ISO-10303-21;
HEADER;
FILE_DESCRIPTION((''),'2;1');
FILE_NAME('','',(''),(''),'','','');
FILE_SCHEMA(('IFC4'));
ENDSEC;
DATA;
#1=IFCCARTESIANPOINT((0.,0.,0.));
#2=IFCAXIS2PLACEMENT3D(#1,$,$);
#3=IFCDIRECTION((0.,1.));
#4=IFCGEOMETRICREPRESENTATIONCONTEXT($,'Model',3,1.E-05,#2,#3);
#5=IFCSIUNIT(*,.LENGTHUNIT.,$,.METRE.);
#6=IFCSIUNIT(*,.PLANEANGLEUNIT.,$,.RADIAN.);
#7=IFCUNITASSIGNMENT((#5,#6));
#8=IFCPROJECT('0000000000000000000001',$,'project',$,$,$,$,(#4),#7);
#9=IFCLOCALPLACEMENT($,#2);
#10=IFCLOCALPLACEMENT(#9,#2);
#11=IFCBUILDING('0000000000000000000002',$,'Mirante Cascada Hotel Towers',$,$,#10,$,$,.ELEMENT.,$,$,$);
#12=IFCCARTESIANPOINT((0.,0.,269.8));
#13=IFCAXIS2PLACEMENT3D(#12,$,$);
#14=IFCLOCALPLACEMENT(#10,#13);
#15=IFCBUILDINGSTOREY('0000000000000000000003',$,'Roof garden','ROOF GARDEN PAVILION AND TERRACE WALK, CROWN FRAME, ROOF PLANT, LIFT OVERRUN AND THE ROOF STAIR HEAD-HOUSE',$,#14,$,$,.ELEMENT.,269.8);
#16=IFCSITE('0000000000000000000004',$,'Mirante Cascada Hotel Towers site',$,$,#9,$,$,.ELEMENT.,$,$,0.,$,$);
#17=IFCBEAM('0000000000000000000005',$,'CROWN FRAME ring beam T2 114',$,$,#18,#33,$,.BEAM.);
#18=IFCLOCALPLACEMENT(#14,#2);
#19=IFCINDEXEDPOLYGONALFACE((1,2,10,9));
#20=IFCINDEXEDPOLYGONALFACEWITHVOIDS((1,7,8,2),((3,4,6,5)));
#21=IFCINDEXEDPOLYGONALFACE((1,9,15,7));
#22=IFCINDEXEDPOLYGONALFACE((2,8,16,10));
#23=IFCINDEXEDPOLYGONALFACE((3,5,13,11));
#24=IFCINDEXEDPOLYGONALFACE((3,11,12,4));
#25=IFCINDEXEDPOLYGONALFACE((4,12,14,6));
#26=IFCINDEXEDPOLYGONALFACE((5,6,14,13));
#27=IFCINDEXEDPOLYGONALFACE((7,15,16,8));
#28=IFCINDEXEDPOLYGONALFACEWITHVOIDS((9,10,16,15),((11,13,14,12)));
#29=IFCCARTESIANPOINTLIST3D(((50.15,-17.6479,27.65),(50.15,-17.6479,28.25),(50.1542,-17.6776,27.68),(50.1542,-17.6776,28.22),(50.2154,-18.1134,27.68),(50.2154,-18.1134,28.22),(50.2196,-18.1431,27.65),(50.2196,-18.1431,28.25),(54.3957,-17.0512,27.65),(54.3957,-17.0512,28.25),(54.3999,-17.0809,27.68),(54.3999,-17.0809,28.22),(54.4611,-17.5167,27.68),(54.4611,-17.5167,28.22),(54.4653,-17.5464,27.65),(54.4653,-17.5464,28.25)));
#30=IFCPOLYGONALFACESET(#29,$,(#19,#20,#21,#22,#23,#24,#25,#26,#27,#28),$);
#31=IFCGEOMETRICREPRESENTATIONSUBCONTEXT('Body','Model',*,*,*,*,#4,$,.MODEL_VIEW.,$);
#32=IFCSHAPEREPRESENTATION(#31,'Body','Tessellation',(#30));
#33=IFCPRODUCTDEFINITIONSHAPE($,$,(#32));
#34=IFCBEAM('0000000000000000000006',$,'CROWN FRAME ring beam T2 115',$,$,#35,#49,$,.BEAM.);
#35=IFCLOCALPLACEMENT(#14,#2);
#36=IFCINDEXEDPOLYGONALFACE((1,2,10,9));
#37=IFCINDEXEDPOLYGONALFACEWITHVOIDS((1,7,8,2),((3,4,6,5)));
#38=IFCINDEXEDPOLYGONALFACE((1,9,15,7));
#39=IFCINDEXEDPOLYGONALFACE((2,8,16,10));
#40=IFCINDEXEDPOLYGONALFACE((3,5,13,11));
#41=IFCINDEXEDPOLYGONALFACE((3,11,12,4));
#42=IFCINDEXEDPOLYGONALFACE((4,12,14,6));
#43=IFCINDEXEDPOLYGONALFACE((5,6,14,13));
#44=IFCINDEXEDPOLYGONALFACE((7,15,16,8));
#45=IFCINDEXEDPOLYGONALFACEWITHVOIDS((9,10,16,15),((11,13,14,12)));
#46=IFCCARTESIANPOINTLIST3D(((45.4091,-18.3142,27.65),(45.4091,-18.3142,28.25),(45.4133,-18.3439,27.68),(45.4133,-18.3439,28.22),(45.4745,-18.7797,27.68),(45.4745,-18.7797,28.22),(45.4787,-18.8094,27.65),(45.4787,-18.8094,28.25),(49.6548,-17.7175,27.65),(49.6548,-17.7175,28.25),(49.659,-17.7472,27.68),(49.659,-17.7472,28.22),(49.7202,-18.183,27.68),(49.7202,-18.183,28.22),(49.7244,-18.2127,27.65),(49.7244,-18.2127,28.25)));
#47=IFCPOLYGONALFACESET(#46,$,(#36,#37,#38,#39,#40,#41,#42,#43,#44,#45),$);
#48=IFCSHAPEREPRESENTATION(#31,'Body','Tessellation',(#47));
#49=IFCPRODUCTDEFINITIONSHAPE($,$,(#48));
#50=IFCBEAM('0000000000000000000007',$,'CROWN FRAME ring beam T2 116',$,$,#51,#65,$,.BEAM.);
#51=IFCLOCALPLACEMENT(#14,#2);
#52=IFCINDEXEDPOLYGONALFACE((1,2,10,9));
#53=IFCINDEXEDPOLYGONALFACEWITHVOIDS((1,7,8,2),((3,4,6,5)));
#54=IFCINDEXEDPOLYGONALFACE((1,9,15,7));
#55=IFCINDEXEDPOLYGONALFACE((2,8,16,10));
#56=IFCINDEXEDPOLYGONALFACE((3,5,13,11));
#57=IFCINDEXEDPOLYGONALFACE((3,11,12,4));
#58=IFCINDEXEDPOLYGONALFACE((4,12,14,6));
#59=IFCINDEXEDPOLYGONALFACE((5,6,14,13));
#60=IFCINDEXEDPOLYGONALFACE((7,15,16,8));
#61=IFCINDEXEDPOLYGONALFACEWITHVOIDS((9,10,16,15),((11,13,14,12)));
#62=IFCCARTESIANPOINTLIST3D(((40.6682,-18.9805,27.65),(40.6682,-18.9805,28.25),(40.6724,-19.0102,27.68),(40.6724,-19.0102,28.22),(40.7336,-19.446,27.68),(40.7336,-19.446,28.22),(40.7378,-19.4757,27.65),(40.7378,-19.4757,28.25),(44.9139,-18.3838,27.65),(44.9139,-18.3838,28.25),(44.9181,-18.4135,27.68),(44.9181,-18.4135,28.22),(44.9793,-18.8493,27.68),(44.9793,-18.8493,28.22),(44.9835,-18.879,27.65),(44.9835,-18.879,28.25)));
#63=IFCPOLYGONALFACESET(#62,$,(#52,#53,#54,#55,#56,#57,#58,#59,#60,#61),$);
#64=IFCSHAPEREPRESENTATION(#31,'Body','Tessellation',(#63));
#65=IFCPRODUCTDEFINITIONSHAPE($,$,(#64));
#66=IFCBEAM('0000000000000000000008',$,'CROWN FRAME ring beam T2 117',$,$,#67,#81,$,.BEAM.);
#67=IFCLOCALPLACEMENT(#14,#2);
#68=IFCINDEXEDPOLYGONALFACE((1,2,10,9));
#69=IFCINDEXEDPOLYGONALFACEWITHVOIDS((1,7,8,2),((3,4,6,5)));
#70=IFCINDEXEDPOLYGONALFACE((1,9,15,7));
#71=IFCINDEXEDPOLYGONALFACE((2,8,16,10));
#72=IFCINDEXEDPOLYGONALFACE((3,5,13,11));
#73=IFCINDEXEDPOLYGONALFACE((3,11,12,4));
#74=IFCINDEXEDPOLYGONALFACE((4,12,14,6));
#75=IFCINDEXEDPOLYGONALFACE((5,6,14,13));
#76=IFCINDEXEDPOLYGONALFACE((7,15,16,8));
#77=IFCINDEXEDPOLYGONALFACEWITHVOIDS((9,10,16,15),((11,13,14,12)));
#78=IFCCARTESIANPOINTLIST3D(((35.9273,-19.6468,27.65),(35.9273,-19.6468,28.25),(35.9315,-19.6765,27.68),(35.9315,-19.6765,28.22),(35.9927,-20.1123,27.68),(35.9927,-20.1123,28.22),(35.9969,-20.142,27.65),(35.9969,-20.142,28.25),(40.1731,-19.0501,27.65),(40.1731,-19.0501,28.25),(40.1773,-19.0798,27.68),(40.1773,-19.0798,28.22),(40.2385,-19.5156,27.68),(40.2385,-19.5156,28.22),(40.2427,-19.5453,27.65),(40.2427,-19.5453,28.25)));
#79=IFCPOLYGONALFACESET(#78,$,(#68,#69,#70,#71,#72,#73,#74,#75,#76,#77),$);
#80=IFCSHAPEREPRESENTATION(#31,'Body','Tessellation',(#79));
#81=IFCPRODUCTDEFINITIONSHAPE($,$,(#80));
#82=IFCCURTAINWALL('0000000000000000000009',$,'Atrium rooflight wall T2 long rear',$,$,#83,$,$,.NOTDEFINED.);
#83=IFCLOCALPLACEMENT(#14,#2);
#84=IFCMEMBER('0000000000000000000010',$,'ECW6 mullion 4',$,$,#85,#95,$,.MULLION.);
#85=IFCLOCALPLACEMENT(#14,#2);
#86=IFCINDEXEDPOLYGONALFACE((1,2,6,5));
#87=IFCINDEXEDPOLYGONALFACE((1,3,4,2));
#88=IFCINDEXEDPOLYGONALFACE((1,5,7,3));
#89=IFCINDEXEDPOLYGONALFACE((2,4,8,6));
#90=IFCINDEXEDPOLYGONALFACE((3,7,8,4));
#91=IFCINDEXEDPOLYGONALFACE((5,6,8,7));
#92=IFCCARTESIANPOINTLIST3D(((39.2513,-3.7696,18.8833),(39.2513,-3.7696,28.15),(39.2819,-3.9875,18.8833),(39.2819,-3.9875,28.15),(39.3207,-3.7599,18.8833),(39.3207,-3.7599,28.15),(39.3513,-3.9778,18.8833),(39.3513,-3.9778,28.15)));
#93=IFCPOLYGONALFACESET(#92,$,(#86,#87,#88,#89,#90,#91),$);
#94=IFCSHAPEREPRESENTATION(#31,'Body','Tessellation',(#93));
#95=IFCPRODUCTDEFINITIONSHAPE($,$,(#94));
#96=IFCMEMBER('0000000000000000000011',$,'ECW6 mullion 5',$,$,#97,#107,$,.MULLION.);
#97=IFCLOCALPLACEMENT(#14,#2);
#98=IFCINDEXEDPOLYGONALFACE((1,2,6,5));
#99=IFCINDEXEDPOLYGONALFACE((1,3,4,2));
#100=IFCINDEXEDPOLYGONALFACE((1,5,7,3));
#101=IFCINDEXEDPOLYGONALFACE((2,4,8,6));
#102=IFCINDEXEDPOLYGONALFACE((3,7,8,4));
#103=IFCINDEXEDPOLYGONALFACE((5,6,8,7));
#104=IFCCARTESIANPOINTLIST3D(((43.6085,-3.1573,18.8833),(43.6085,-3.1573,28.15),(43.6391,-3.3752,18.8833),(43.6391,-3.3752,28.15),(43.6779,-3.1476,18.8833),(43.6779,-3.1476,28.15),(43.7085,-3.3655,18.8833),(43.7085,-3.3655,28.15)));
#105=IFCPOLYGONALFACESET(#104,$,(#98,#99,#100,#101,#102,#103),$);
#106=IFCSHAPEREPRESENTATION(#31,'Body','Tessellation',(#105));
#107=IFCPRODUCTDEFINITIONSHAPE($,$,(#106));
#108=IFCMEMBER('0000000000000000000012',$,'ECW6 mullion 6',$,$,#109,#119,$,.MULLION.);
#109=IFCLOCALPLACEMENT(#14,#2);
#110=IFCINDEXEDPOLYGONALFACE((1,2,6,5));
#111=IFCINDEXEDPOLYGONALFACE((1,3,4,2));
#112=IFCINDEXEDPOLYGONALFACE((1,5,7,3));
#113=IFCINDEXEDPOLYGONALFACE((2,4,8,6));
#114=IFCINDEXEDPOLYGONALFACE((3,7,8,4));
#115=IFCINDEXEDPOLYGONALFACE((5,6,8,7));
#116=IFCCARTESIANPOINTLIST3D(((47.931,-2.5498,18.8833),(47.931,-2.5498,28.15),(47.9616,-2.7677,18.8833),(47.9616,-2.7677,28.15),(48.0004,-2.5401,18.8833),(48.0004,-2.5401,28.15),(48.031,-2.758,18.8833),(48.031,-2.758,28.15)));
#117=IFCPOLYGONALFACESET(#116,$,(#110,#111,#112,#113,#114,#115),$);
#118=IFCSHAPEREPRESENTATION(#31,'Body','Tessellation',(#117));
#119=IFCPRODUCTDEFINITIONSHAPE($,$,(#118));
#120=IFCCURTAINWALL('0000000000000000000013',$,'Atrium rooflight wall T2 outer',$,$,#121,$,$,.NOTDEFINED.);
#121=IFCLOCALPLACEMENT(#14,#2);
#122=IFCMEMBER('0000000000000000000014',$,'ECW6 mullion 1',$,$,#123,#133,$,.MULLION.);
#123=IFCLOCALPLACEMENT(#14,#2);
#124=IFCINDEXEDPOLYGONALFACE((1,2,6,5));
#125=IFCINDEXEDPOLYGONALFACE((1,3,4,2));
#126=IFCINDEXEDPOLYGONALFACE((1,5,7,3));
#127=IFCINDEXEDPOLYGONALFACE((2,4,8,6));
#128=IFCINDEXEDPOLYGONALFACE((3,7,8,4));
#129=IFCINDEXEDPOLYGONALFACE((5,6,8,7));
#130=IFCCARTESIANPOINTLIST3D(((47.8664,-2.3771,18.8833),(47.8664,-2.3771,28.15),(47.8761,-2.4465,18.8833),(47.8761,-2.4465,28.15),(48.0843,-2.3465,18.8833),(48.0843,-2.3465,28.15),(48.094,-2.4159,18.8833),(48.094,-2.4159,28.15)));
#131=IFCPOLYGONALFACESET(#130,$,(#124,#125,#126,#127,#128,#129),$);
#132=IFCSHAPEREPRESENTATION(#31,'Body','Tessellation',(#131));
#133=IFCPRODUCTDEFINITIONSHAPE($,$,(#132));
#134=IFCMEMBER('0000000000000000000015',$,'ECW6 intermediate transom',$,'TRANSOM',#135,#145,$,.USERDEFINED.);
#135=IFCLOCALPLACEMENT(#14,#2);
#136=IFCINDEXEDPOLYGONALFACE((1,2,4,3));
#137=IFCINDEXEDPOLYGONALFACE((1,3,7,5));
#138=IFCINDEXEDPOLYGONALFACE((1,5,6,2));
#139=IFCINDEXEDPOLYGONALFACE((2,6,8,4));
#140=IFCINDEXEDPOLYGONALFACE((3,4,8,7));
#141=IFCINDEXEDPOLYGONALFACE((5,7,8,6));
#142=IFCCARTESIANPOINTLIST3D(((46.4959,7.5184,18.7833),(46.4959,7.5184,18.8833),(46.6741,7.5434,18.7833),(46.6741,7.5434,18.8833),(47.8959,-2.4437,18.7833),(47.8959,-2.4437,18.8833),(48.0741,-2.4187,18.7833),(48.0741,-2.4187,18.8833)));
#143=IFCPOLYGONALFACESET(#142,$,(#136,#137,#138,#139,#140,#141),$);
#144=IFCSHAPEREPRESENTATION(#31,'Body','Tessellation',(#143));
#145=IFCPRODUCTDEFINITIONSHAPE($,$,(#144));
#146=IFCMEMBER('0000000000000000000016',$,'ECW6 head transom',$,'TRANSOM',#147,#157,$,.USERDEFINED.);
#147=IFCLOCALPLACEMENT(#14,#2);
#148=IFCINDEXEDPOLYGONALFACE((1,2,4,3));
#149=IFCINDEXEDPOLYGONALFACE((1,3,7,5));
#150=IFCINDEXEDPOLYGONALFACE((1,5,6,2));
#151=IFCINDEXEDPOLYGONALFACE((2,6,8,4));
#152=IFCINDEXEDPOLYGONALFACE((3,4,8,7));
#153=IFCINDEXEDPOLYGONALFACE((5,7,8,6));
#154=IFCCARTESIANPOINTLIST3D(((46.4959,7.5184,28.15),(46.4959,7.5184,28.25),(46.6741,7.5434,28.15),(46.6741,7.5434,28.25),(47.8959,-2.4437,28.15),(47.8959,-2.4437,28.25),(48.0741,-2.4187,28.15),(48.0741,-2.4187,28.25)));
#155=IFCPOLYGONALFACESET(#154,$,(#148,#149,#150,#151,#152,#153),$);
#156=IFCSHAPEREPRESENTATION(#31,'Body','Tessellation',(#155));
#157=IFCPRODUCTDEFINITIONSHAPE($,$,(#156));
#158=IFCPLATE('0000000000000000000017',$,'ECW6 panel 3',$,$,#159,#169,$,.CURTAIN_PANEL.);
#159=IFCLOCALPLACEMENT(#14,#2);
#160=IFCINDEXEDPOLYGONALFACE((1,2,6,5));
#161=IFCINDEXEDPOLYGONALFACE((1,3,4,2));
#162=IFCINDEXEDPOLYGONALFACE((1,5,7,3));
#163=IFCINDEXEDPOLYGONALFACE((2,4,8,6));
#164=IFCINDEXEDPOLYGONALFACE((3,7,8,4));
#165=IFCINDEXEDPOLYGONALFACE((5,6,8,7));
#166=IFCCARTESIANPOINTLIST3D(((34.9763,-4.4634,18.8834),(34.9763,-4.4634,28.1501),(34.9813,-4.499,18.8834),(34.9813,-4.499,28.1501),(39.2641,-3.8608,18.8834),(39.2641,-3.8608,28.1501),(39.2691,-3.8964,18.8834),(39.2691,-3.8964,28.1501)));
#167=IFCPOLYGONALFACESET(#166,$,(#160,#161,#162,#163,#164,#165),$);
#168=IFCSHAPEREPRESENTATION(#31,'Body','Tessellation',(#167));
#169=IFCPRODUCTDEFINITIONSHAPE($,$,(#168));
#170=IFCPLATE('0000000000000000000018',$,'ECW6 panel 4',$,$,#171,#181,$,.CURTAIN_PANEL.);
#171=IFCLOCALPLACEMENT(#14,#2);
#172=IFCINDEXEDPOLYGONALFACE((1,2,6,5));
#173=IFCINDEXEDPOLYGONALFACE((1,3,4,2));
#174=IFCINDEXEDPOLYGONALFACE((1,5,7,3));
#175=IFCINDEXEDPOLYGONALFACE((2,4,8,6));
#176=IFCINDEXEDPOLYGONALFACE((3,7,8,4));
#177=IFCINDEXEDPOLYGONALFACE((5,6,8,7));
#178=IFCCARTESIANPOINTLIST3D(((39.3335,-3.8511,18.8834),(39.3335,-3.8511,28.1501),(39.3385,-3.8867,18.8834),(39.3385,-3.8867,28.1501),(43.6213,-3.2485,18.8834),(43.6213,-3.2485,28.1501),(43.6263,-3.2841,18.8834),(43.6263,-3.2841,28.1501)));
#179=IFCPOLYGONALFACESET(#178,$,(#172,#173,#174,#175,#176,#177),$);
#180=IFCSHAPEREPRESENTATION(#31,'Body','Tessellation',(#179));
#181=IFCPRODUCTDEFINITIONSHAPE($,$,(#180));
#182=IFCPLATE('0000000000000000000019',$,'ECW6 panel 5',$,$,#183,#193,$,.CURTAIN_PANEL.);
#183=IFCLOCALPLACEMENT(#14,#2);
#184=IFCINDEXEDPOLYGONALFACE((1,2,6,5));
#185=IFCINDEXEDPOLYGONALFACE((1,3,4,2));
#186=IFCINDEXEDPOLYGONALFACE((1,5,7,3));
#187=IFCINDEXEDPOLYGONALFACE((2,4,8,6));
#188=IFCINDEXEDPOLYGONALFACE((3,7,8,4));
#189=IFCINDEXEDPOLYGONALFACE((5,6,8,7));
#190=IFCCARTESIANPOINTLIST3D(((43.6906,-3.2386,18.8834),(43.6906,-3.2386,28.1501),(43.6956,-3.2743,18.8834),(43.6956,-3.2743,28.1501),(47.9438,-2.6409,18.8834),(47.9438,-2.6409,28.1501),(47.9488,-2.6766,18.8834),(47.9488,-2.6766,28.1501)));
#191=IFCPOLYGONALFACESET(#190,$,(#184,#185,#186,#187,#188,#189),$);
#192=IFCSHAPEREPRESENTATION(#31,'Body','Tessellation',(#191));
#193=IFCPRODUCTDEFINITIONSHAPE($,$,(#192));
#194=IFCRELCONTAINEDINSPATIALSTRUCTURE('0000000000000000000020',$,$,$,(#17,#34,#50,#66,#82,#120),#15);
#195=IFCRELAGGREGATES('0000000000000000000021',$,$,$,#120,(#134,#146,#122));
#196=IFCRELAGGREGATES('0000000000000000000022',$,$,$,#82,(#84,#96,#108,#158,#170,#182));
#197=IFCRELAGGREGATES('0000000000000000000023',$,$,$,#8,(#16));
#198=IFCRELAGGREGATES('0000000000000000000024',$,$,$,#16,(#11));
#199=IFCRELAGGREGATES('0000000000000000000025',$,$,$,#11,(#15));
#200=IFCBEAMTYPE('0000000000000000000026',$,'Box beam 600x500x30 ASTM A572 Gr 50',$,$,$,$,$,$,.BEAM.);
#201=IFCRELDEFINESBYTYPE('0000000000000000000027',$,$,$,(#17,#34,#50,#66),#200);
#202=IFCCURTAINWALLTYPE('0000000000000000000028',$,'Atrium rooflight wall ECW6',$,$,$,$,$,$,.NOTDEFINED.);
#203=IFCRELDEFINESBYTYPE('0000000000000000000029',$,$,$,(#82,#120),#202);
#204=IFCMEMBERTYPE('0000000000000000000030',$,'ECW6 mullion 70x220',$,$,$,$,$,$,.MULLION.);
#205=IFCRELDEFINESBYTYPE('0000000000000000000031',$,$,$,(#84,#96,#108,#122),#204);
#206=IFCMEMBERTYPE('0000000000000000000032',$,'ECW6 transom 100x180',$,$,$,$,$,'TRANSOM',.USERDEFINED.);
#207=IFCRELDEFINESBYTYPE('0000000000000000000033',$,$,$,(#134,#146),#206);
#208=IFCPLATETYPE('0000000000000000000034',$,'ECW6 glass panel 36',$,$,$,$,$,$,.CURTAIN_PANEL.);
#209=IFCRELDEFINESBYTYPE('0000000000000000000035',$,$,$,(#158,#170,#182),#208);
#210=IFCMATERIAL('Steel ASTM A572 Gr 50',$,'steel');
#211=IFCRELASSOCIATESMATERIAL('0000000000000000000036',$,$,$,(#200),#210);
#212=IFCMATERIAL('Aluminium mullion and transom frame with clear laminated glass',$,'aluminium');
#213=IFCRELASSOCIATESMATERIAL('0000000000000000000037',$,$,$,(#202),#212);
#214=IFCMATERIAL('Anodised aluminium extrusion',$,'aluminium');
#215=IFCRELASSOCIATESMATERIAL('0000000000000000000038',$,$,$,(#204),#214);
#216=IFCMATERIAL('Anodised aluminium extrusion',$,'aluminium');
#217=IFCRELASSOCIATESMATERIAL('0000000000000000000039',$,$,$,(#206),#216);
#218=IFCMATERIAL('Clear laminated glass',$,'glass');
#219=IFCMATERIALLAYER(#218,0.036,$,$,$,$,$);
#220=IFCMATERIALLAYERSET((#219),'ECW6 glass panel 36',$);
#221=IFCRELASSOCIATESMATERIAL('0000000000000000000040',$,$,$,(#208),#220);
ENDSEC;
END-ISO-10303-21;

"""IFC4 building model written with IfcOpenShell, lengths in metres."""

from ifc_helpers import new_model, si_unit, direction, frame, origin, origin_2d, place, context, subcontext, project, spatial, rectangle, hollow_rectangle, extrude, material, layer, layer_set, material_profile, profile_set, type_object, element, aggregate, save


model = new_model("IFC4")

# Units and contexts
model_context = context("Model", 3, precision=1e-05, world=origin(), true_north=direction((0.0, 1.0)))
body_context = subcontext(model_context, "Body", "Model", "MODEL_VIEW")
ifc_project = project(units=[si_unit("LENGTHUNIT", "METRE"), si_unit("PLANEANGLEUNIT", "RADIAN")], contexts=[model_context])

# Site, building, storey
site_placement = place(None, origin())
site = spatial("IfcSite", under=ifc_project, at=site_placement, Name="Mirante Cascada Hotel Towers site", CompositionType="ELEMENT", RefElevation=0.0)
building_placement = place(site_placement, origin())
building = spatial("IfcBuilding", under=site, at=building_placement, Name="Mirante Cascada Hotel Towers", CompositionType="ELEMENT")
storey_placement = place(building_placement, frame((0.0, 0.0, 269.8)))
storey = spatial("IfcBuildingStorey", under=building, at=storey_placement, Name="Roof garden", Description="ROOF GARDEN PAVILION AND TERRACE WALK, CROWN FRAME, ROOF PLANT, LIFT OVERRUN AND THE ROOF STAIR HEAD-HOUSE", CompositionType="ELEMENT", Elevation=269.8)

# Beams
ifc_material_1 = material(Name="Steel ASTM A572 Gr 50", Category="steel")
ifc_material_profile_1 = material_profile(ifc_material_1, hollow_rectangle(XDim=0.5, YDim=0.6, WallThickness=0.03, at=origin_2d()), Name="Box beam 600x500x30 ASTM A572 Gr 50")
ifc_profile_set_1 = profile_set([ifc_material_profile_1], Name="Steel ASTM A572 Gr 50")
beam_type = type_object("IfcBeamType", Name="Box beam 600x500x30 ASTM A572 Gr 50", PredefinedType="BEAM", material=ifc_profile_set_1)
for number, where, z_axis, x_axis, name in (
    (1, (54.4305, -17.2988, 27.95), (-0.990268, -0.139174, 0.0), (0.139174, -0.990268, 0.0), "CROWN FRAME ring beam T2 114"),
    (2, (49.6896, -17.9651, 27.95), (-0.990268, -0.139174, 0.0), (0.139174, -0.990268, 0.0), "CROWN FRAME ring beam T2 115"),
    (3, (44.9487, -18.6314, 27.95), (-0.990268, -0.139174, 0.0), (0.139174, -0.990268, 0.0), "CROWN FRAME ring beam T2 116"),
):
    element("IfcBeam", number, at=place(storey_placement, frame(where, z_axis=z_axis, x_axis=x_axis)), inside=storey, type_object=beam_type, Name=name, PredefinedType="BEAM", context=body_context, shape_type="SweptSolid", body=[
        extrude(hollow_rectangle(XDim=0.5, YDim=0.6, WallThickness=0.03, at=origin_2d()), origin(), (0.0, 0.0, 1.0), 4.2874),
    ])
beam_placement = place(storey_placement, frame((40.2079, -19.2977, 27.95), z_axis=(-0.990268, -0.139171, 0.0), x_axis=(0.139171, -0.990268, 0.0)))
element("IfcBeam", 4, at=beam_placement, inside=storey, type_object=beam_type, Name="CROWN FRAME ring beam T2 117", PredefinedType="BEAM", context=body_context, shape_type="SweptSolid", body=[
    extrude(hollow_rectangle(XDim=0.5, YDim=0.6, WallThickness=0.03, at=origin_2d()), origin(), (0.0, 0.0, 1.0), 4.2875),
])

# Curtain walls, members
ifc_material_2 = material(Name="Aluminium mullion and transom frame with clear laminated glass", Category="aluminium")
curtain_wall_type = type_object("IfcCurtainWallType", Name="Atrium rooflight wall ECW6", PredefinedType="NOTDEFINED", material=ifc_material_2)
curtain_wall_1_placement = place(storey_placement, origin())
curtain_wall_1 = element("IfcCurtainWall", 5, at=curtain_wall_1_placement, inside=storey, type_object=curtain_wall_type, Name="Atrium rooflight wall T2 long rear", PredefinedType="NOTDEFINED")
ifc_material_3 = material(Name="Anodised aluminium extrusion", Category="aluminium")
ifc_material_profile_2 = material_profile(ifc_material_3, rectangle(XDim=0.22, YDim=0.07, at=origin_2d()), Name="ECW6 MULLION 70x220")
ifc_profile_set_2 = profile_set([ifc_material_profile_2], Name="Anodised aluminium extrusion")
member_type_1 = type_object("IfcMemberType", Name="ECW6 mullion 70x220", PredefinedType="MULLION", material=ifc_profile_set_2)
member_1_placement = place(storey_placement, frame((39.3013, -3.8737, 18.8833), z_axis=(0.0, 0.0, 1.0), x_axis=(-0.139173, 0.990268, 0.0)))
member_1 = element("IfcMember", 6, at=member_1_placement, type_object=member_type_1, Name="ECW6 mullion 4", PredefinedType="MULLION", context=body_context, shape_type="SweptSolid", body=[
    extrude(rectangle(XDim=0.22, YDim=0.07, at=origin_2d()), origin(), (0.0, 0.0, 1.0), 9.2667),
])
member_2_placement = place(storey_placement, frame((43.6585, -3.2614, 18.8833), z_axis=(0.0, 0.0, 1.0), x_axis=(-0.139173, 0.990268, 0.0)))
member_2 = element("IfcMember", 7, at=member_2_placement, type_object=member_type_1, Name="ECW6 mullion 5", PredefinedType="MULLION", context=body_context, shape_type="SweptSolid", body=[
    extrude(rectangle(XDim=0.22, YDim=0.07, at=origin_2d()), origin(), (0.0, 0.0, 1.0), 9.2667),
])
member_3_placement = place(storey_placement, frame((47.981, -2.6539, 18.8833), z_axis=(0.0, 0.0, 1.0), x_axis=(-0.139173, 0.990268, 0.0)))
member_3 = element("IfcMember", 8, at=member_3_placement, type_object=member_type_1, Name="ECW6 mullion 6", PredefinedType="MULLION", context=body_context, shape_type="SweptSolid", body=[
    extrude(rectangle(XDim=0.22, YDim=0.07, at=origin_2d()), origin(), (0.0, 0.0, 1.0), 9.2667),
])
curtain_wall_2_placement = place(storey_placement, origin())
curtain_wall_2 = element("IfcCurtainWall", 9, at=curtain_wall_2_placement, inside=storey, type_object=curtain_wall_type, Name="Atrium rooflight wall T2 outer", PredefinedType="NOTDEFINED")
member_4_placement = place(storey_placement, frame((47.9802, -2.3965, 18.8833), z_axis=(0.0, 0.0, 1.0), x_axis=(-0.990268, -0.139173, 0.0)))
member_4 = element("IfcMember", 10, at=member_4_placement, type_object=member_type_1, Name="ECW6 mullion 1", PredefinedType="MULLION", context=body_context, shape_type="SweptSolid", body=[
    extrude(rectangle(XDim=0.22, YDim=0.07, at=origin_2d()), origin(), (0.0, 0.0, 1.0), 9.2667),
])
ifc_material_4 = material(Name="Anodised aluminium extrusion", Category="aluminium")
ifc_material_profile_3 = material_profile(ifc_material_4, rectangle(XDim=0.18, YDim=0.1, at=origin_2d()), Name="ECW6 TRANSOM 100x180")
ifc_profile_set_3 = profile_set([ifc_material_profile_3], Name="Anodised aluminium extrusion")
member_type_2 = type_object("IfcMemberType", Name="ECW6 transom 100x180", ElementType="TRANSOM", PredefinedType="USERDEFINED", material=ifc_profile_set_3)
member_5_placement = place(storey_placement, frame((47.985, -2.4312, 18.8333), z_axis=(-0.139165, 0.990269, 0.0), x_axis=(-0.990269, -0.139165, 0.0)))
member_5 = element("IfcMember", 11, at=member_5_placement, type_object=member_type_2, Name="ECW6 intermediate transom", ObjectType="TRANSOM", PredefinedType="USERDEFINED", context=body_context, shape_type="SweptSolid", body=[
    extrude(rectangle(XDim=0.18, YDim=0.1, at=origin_2d()), origin(), (0.0, 0.0, 1.0), 10.06),
])
member_6_placement = place(storey_placement, frame((47.985, -2.4312, 28.2), z_axis=(-0.139165, 0.990269, 0.0), x_axis=(-0.990269, -0.139165, 0.0)))
member_6 = element("IfcMember", 12, at=member_6_placement, type_object=member_type_2, Name="ECW6 head transom", ObjectType="TRANSOM", PredefinedType="USERDEFINED", context=body_context, shape_type="SweptSolid", body=[
    extrude(rectangle(XDim=0.18, YDim=0.1, at=origin_2d()), origin(), (0.0, 0.0, 1.0), 10.06),
])
aggregate(curtain_wall_2, [member_5, member_6, member_4])

# Plates
ifc_material_5 = material(Name="Clear laminated glass", Category="glass")
ifc_layer_1 = layer(ifc_material_5, 0.036)
ifc_layer_set_1 = layer_set([ifc_layer_1], Name="ECW6 glass panel 36")
plate_type = type_object("IfcPlateType", Name="ECW6 glass panel 36", PredefinedType="CURTAIN_PANEL", material=ifc_layer_set_1)
plate_1_placement = place(storey_placement, frame((37.1227, -4.1799, 18.8834), z_axis=(0.0, 0.0, 1.0), x_axis=(0.990268, 0.139173, 0.0)))
plate_1 = element("IfcPlate", 13, at=plate_1_placement, type_object=plate_type, Name="ECW6 panel 3", PredefinedType="CURTAIN_PANEL", context=body_context, shape_type="SweptSolid", body=[
    extrude(rectangle(XDim=4.33, YDim=0.036, at=origin_2d()), origin(), (0.0, 0.0, 1.0), 9.2667),
])
plate_2_placement = place(storey_placement, frame((41.4799, -3.5676, 18.8834), z_axis=(0.0, 0.0, 1.0), x_axis=(0.990268, 0.139173, 0.0)))
plate_2 = element("IfcPlate", 14, at=plate_2_placement, type_object=plate_type, Name="ECW6 panel 4", PredefinedType="CURTAIN_PANEL", context=body_context, shape_type="SweptSolid", body=[
    extrude(rectangle(XDim=4.33, YDim=0.036, at=origin_2d()), origin(), (0.0, 0.0, 1.0), 9.2667),
])
plate_3_placement = place(storey_placement, frame((45.8197, -2.9576, 18.8834), z_axis=(0.0, 0.0, 1.0), x_axis=(0.990268, 0.139173, 0.0)))
plate_3 = element("IfcPlate", 15, at=plate_3_placement, type_object=plate_type, Name="ECW6 panel 5", PredefinedType="CURTAIN_PANEL", context=body_context, shape_type="SweptSolid", body=[
    extrude(rectangle(XDim=4.295, YDim=0.036, at=origin_2d()), origin(), (0.0, 0.0, 1.0), 9.2667),
])
aggregate(curtain_wall_1, [member_1, member_2, member_3, plate_1, plate_2, plate_3])

save(model, "model.ifc")
